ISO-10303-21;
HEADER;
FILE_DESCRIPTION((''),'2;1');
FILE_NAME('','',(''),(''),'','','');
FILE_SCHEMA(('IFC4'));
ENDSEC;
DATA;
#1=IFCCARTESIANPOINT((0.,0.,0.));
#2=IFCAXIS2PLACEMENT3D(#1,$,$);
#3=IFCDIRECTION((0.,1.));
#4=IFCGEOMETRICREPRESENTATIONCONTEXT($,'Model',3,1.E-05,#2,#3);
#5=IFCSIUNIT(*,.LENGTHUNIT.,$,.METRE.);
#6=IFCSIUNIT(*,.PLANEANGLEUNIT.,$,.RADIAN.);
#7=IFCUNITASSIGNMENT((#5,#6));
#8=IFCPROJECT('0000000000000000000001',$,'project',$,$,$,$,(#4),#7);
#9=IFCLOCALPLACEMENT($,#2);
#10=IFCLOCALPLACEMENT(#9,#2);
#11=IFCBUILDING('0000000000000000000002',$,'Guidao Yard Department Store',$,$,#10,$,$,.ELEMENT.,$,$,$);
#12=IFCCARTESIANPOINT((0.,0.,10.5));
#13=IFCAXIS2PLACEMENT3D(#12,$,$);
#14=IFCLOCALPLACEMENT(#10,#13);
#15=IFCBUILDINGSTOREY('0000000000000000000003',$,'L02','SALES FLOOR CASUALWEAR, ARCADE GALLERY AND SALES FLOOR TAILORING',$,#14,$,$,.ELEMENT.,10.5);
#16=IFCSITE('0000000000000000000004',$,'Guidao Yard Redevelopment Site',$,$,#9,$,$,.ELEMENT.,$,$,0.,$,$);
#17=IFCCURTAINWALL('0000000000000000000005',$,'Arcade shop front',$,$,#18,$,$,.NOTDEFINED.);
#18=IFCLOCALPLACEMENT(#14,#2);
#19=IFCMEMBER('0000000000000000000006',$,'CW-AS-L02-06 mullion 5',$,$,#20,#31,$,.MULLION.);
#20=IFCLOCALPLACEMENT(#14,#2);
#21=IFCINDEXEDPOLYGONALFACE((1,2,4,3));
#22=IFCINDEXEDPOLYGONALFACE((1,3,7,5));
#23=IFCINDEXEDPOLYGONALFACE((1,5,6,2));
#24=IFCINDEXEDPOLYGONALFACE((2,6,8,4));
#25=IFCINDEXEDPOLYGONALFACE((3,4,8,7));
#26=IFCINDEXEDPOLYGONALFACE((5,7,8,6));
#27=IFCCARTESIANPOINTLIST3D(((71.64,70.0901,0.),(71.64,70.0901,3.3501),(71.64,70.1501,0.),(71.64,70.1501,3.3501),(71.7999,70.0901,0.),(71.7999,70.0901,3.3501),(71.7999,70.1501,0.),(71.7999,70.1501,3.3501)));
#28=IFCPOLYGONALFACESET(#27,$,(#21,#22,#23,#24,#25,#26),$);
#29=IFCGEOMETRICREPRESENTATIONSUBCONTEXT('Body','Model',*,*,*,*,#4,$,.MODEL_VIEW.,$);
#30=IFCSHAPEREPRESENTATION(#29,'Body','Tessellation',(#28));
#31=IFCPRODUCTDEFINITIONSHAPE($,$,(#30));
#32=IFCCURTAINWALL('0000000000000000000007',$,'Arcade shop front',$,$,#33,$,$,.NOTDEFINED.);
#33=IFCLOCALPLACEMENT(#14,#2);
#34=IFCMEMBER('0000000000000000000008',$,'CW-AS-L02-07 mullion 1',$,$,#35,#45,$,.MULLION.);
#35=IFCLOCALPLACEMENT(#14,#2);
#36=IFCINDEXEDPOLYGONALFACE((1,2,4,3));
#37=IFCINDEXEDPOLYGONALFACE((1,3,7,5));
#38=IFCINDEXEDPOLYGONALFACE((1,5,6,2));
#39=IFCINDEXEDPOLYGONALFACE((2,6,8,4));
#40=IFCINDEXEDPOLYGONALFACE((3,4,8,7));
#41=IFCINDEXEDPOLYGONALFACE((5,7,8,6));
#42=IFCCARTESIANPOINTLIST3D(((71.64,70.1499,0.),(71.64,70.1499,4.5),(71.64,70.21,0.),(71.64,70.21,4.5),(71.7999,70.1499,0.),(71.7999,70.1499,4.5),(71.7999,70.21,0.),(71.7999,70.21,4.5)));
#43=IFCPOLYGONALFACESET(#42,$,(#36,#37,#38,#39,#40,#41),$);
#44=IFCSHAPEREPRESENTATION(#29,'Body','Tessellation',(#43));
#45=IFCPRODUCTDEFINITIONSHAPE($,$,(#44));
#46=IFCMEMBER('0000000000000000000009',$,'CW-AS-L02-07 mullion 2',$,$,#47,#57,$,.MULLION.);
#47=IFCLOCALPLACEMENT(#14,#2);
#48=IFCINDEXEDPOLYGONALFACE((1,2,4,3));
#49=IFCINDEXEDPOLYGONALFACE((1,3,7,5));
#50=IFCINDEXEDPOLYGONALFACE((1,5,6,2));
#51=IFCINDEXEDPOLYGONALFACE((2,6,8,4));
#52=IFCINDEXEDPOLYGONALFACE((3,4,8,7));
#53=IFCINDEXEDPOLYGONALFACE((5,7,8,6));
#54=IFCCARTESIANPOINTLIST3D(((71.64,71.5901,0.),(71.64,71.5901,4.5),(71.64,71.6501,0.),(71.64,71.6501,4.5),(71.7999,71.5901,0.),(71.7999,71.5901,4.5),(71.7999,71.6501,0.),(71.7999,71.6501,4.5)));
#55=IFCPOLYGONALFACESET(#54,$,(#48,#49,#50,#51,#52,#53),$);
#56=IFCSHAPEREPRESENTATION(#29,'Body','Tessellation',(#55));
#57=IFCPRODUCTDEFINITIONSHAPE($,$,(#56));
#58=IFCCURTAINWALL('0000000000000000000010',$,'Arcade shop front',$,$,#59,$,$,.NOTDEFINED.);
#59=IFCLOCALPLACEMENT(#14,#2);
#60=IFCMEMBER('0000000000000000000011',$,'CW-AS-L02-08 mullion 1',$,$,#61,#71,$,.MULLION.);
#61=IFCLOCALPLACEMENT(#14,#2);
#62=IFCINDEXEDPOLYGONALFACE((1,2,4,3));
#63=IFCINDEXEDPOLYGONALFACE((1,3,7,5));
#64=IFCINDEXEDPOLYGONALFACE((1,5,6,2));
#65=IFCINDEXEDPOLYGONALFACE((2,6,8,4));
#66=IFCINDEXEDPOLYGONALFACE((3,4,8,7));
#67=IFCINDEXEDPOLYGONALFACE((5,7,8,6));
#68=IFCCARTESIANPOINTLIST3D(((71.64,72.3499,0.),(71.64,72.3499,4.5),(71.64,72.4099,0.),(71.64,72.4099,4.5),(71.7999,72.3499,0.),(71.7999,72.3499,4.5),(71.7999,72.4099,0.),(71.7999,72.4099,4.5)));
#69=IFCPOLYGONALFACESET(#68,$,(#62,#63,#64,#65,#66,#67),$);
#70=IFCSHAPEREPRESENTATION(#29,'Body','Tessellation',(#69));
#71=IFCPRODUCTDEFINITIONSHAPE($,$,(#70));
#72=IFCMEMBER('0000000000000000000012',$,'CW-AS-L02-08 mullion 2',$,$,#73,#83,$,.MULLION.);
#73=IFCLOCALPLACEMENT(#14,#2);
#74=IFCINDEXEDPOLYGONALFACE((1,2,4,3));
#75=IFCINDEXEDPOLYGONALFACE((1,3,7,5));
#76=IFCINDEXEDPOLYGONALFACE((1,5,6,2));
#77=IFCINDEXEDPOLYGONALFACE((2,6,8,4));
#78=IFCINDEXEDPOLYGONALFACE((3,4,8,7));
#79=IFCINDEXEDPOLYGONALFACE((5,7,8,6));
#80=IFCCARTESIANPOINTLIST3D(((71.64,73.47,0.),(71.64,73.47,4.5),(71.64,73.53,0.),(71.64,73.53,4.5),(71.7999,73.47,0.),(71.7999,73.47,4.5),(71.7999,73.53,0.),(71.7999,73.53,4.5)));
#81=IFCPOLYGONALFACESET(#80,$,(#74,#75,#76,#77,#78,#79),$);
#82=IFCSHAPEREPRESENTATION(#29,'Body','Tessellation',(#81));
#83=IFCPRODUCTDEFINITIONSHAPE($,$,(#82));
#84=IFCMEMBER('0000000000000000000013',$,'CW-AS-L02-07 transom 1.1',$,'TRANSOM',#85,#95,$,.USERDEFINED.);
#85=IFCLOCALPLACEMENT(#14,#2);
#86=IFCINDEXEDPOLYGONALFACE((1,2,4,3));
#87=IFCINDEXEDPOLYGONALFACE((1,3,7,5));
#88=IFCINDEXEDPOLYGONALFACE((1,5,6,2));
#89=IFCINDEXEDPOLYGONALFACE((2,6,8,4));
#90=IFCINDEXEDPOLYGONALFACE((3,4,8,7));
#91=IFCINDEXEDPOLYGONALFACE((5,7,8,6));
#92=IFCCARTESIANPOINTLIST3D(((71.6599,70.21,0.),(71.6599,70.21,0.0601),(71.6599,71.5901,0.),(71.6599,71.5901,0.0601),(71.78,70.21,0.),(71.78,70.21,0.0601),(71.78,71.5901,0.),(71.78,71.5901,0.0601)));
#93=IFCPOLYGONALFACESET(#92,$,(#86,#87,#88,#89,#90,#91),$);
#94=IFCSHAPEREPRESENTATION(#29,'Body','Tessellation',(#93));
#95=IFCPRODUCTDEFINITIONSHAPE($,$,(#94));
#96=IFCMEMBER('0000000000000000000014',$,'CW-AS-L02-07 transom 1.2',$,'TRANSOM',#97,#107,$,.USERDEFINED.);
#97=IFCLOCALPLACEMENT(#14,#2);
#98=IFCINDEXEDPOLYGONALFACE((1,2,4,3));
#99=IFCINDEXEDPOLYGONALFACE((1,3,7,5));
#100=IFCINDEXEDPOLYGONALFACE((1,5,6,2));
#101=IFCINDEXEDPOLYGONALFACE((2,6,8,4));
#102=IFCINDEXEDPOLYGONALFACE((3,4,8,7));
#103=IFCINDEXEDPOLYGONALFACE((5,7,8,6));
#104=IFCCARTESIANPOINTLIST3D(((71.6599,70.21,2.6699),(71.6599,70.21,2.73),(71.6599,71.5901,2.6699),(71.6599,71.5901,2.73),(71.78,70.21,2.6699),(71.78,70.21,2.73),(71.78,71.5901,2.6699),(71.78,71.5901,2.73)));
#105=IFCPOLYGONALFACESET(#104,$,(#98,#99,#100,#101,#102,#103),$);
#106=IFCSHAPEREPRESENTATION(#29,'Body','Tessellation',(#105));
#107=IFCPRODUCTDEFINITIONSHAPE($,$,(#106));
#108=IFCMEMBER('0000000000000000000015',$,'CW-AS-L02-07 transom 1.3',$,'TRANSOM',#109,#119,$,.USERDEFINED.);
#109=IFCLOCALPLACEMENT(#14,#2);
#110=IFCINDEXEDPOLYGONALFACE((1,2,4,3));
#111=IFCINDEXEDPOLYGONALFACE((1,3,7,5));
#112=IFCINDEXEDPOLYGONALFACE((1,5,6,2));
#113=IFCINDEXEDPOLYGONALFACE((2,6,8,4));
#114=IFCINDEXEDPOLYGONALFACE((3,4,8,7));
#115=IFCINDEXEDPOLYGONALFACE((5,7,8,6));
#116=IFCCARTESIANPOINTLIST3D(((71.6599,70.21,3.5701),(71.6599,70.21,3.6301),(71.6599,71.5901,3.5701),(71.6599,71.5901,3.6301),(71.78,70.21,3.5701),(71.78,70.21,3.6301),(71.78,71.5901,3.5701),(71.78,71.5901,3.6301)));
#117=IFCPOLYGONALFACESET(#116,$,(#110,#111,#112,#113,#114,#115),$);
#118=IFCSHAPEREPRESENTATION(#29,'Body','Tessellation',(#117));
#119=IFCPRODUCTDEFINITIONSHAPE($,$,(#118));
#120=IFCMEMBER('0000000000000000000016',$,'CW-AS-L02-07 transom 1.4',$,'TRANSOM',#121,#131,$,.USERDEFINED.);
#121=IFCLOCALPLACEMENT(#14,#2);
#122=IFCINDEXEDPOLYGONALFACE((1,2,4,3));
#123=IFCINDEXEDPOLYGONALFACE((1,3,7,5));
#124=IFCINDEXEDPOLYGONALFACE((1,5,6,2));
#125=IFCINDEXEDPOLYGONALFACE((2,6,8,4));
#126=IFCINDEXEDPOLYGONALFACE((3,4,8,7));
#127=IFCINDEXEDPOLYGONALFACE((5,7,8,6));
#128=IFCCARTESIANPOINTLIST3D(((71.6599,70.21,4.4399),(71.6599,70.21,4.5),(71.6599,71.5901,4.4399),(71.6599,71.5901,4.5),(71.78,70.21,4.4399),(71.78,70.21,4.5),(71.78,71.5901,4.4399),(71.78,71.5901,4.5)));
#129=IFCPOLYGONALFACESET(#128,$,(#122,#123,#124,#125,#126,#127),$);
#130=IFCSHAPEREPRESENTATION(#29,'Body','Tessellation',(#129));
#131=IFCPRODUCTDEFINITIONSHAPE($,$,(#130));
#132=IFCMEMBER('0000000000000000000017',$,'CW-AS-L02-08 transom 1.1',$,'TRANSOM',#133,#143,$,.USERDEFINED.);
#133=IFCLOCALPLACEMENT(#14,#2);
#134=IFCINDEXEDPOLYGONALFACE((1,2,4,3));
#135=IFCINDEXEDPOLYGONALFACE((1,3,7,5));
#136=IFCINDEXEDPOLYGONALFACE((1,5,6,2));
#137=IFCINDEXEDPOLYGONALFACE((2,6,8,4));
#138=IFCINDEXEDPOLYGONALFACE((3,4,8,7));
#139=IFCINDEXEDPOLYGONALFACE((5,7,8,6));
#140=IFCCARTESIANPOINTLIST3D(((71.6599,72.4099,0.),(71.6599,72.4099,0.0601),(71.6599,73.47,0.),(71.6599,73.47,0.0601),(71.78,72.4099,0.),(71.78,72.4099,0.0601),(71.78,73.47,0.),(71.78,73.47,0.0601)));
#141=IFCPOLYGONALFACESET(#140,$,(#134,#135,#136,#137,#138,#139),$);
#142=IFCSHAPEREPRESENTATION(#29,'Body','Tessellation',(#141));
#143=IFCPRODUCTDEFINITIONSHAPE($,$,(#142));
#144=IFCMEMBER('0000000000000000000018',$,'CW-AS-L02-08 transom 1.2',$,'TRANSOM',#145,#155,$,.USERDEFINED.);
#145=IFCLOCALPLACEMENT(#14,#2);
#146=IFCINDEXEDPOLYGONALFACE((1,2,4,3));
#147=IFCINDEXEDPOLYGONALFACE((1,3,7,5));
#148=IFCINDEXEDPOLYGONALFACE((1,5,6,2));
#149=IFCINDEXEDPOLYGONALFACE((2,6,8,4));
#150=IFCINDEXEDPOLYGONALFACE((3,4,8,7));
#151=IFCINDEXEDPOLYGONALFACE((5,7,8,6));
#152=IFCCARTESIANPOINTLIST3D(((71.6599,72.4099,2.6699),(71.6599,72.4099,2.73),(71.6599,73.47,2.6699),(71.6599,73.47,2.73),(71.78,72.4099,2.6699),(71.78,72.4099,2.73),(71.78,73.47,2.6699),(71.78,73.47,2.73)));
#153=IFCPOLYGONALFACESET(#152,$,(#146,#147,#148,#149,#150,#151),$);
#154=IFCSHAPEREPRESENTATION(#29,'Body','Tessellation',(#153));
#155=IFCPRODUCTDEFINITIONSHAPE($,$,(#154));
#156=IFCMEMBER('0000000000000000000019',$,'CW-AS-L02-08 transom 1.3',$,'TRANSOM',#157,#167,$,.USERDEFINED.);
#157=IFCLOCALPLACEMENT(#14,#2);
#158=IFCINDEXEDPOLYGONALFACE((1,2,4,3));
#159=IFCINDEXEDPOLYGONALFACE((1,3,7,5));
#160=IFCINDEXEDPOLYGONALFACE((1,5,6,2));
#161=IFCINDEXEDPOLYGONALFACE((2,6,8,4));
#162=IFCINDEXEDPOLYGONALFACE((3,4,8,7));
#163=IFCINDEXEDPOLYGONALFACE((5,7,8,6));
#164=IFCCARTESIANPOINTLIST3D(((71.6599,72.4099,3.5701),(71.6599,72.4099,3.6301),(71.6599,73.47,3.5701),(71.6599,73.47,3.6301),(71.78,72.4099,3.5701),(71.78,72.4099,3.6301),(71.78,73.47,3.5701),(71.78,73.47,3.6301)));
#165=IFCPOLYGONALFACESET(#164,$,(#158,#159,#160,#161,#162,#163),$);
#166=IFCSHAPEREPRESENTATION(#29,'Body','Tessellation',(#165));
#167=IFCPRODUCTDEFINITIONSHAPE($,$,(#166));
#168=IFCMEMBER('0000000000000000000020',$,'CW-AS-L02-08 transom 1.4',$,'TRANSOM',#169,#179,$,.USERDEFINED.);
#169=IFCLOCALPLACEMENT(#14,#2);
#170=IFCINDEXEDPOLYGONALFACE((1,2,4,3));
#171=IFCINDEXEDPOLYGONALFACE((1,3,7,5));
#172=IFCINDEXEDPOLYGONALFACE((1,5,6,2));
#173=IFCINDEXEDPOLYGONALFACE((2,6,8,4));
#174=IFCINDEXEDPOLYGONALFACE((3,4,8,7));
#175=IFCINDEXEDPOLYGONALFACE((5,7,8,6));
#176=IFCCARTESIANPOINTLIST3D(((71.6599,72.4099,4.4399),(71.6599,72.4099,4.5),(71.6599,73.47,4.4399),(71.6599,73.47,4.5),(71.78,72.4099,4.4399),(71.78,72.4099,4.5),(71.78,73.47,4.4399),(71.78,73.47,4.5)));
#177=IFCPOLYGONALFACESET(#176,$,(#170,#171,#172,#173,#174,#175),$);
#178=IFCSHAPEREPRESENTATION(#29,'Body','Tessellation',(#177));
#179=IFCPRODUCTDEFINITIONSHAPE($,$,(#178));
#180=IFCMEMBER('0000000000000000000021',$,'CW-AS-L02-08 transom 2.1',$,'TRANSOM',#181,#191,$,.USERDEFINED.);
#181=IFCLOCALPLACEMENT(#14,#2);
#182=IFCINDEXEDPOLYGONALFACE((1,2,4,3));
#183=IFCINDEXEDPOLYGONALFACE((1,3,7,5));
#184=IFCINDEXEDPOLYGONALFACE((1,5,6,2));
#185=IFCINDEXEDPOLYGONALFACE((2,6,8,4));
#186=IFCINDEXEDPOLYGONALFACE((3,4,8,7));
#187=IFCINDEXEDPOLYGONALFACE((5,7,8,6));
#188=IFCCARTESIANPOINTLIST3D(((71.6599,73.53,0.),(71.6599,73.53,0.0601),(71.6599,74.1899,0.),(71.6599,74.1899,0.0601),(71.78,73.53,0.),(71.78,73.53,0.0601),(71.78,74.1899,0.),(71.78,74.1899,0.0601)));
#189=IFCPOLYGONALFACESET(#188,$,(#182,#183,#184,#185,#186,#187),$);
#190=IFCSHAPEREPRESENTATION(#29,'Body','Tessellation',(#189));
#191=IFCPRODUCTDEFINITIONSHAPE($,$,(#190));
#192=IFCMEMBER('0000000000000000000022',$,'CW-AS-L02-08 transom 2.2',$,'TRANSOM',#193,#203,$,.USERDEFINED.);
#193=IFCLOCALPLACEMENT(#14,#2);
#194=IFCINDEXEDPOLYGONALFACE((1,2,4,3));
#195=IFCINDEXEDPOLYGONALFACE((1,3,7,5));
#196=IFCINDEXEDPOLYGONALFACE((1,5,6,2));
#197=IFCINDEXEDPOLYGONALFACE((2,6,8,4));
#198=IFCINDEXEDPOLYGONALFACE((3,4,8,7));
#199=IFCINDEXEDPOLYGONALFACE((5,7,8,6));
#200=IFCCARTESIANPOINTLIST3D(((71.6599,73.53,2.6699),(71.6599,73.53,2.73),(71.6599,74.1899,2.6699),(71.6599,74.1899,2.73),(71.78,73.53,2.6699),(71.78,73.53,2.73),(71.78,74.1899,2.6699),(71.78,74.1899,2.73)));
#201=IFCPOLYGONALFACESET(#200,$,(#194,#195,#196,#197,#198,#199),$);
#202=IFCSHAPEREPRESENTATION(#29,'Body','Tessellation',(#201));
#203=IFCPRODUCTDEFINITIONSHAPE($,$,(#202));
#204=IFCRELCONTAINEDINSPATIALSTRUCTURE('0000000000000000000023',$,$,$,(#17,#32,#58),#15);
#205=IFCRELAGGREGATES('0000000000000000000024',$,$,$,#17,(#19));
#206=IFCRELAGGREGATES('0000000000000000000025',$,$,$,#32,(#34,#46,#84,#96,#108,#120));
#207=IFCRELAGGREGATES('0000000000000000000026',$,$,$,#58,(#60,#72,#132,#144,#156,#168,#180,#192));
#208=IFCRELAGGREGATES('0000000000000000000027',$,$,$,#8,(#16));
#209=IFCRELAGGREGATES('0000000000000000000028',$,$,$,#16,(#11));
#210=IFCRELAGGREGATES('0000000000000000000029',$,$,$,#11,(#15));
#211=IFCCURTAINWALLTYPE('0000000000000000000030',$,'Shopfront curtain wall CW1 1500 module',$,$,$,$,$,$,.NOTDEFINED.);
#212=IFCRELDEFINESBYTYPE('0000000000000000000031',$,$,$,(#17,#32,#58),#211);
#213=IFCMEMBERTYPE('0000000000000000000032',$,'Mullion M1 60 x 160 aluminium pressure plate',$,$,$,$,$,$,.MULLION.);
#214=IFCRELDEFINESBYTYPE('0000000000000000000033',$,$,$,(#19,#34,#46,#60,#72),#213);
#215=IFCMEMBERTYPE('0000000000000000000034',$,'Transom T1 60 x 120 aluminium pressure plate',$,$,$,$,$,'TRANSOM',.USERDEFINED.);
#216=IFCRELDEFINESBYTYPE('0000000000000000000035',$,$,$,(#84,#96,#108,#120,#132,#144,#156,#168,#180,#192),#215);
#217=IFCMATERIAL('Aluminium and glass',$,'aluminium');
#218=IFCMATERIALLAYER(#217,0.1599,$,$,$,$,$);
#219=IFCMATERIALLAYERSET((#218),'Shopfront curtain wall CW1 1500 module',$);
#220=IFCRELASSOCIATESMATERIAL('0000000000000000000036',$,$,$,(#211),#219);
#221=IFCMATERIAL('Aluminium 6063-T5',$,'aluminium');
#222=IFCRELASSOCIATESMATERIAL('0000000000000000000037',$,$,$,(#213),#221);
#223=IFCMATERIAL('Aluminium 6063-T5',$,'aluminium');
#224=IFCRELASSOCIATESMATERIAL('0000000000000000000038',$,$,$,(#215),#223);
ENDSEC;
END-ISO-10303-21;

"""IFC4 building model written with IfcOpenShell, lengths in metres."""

from ifc_helpers import new_model, si_unit, direction, frame, origin, origin_2d, place, context, subcontext, project, spatial, rectangle, extrude, material, layer, layer_set, material_profile, profile_set, type_object, element, aggregate, save


model = new_model("IFC4")

# Units and contexts
model_context = context("Model", 3, precision=1e-05, world=origin(), true_north=direction((0.0, 1.0)))
body_context = subcontext(model_context, "Body", "Model", "MODEL_VIEW")
ifc_project = project(units=[si_unit("LENGTHUNIT", "METRE"), si_unit("PLANEANGLEUNIT", "RADIAN")], contexts=[model_context])

# Site, building, storey
site_placement = place(None, origin())
site = spatial("IfcSite", under=ifc_project, at=site_placement, Name="Guidao Yard Redevelopment Site", CompositionType="ELEMENT", RefElevation=0.0)
building_placement = place(site_placement, origin())
building = spatial("IfcBuilding", under=site, at=building_placement, Name="Guidao Yard Department Store", CompositionType="ELEMENT")
storey_placement = place(building_placement, frame((0.0, 0.0, 10.5)))
storey = spatial("IfcBuildingStorey", under=building, at=storey_placement, Name="L02", Description="SALES FLOOR CASUALWEAR, ARCADE GALLERY AND SALES FLOOR TAILORING", CompositionType="ELEMENT", Elevation=10.5)

# Curtain wall, member
ifc_material_1 = material(Name="Aluminium and glass", Category="aluminium")
ifc_layer_1 = layer(ifc_material_1, 0.1599)
ifc_layer_set_1 = layer_set([ifc_layer_1], Name="Shopfront curtain wall CW1 1500 module")
curtain_wall_type = type_object("IfcCurtainWallType", Name="Shopfront curtain wall CW1 1500 module", PredefinedType="NOTDEFINED", material=ifc_layer_set_1)
curtain_wall_1_placement = place(storey_placement, origin())
curtain_wall_1 = element("IfcCurtainWall", 1, at=curtain_wall_1_placement, inside=storey, type_object=curtain_wall_type, Name="Arcade shop front", PredefinedType="NOTDEFINED")
ifc_material_2 = material(Name="Aluminium 6063-T5", Category="aluminium")
ifc_material_profile_1 = material_profile(ifc_material_2, rectangle(XDim=0.0601, YDim=0.1599, at=origin_2d()), Name="Mullion M1 60 x 160 aluminium pressure plate")
ifc_profile_set_1 = profile_set([ifc_material_profile_1], Name="Aluminium 6063-T5")
member_type_1 = type_object("IfcMemberType", Name="Mullion M1 60 x 160 aluminium pressure plate", PredefinedType="MULLION", material=ifc_profile_set_1)
member_1_placement = place(storey_placement, frame((71.72, 70.1201, 0.0), z_axis=(0.0, 0.0, 1.0), x_axis=(0.0, 1.0, 0.0)))
member_1 = element("IfcMember", 2, at=member_1_placement, type_object=member_type_1, Name="CW-AS-L02-06 mullion 5", PredefinedType="MULLION", context=body_context, shape_type="SweptSolid", body=[
    extrude(rectangle(XDim=0.0601, YDim=0.1599, at=origin_2d()), origin(), (0.0, 0.0, 1.0), 3.3501),
])
aggregate(curtain_wall_1, [member_1])

# Curtain walls, members
curtain_wall_2_placement = place(storey_placement, origin())
curtain_wall_2 = element("IfcCurtainWall", 3, at=curtain_wall_2_placement, inside=storey, type_object=curtain_wall_type, Name="Arcade shop front", PredefinedType="NOTDEFINED")
member_2_placement = place(storey_placement, frame((71.72, 70.1799, 0.0), z_axis=(0.0, 0.0, 1.0), x_axis=(0.0, 1.0, 0.0)))
member_2 = element("IfcMember", 4, at=member_2_placement, type_object=member_type_1, Name="CW-AS-L02-07 mullion 1", PredefinedType="MULLION", context=body_context, shape_type="SweptSolid", body=[
    extrude(rectangle(XDim=0.0601, YDim=0.1599, at=origin_2d()), origin(), (0.0, 0.0, 1.0), 4.5),
])
member_3_placement = place(storey_placement, frame((71.72, 71.6201, 0.0), z_axis=(0.0, 0.0, 1.0), x_axis=(0.0, 1.0, 0.0)))
member_3 = element("IfcMember", 5, at=member_3_placement, type_object=member_type_1, Name="CW-AS-L02-07 mullion 2", PredefinedType="MULLION", context=body_context, shape_type="SweptSolid", body=[
    extrude(rectangle(XDim=0.0601, YDim=0.1599, at=origin_2d()), origin(), (0.0, 0.0, 1.0), 4.5),
])
curtain_wall_3_placement = place(storey_placement, origin())
curtain_wall_3 = element("IfcCurtainWall", 6, at=curtain_wall_3_placement, inside=storey, type_object=curtain_wall_type, Name="Arcade shop front", PredefinedType="NOTDEFINED")
member_4_placement = place(storey_placement, frame((71.72, 72.3799, 0.0), z_axis=(0.0, 0.0, 1.0), x_axis=(0.0, 1.0, 0.0)))
member_4 = element("IfcMember", 7, at=member_4_placement, type_object=member_type_1, Name="CW-AS-L02-08 mullion 1", PredefinedType="MULLION", context=body_context, shape_type="SweptSolid", body=[
    extrude(rectangle(XDim=0.0601, YDim=0.1599, at=origin_2d()), origin(), (0.0, 0.0, 1.0), 4.5),
])
member_5_placement = place(storey_placement, frame((71.72, 73.5, 0.0), z_axis=(0.0, 0.0, 1.0), x_axis=(0.0, 1.0, 0.0)))
member_5 = element("IfcMember", 8, at=member_5_placement, type_object=member_type_1, Name="CW-AS-L02-08 mullion 2", PredefinedType="MULLION", context=body_context, shape_type="SweptSolid", body=[
    extrude(rectangle(XDim=0.0601, YDim=0.1599, at=origin_2d()), origin(), (0.0, 0.0, 1.0), 4.5),
])

# Members
ifc_material_3 = material(Name="Aluminium 6063-T5", Category="aluminium")
ifc_material_profile_2 = material_profile(ifc_material_3, rectangle(XDim=0.1201, YDim=0.0601, at=origin_2d()), Name="Transom T1 60 x 120 aluminium pressure plate")
ifc_profile_set_2 = profile_set([ifc_material_profile_2], Name="Aluminium 6063-T5")
member_type_2 = type_object("IfcMemberType", Name="Transom T1 60 x 120 aluminium pressure plate", ElementType="TRANSOM", PredefinedType="USERDEFINED", material=ifc_profile_set_2)
member_6_placement = place(storey_placement, frame((71.72, 70.21, 0.03), z_axis=(0.0, 1.0, 0.0), x_axis=(-1.0, 0.0, 0.0)))
member_6 = element("IfcMember", 9, at=member_6_placement, type_object=member_type_2, Name="CW-AS-L02-07 transom 1.1", ObjectType="TRANSOM", PredefinedType="USERDEFINED", context=body_context, shape_type="SweptSolid", body=[
    extrude(rectangle(XDim=0.1201, YDim=0.0601, at=origin_2d()), origin(), (0.0, 0.0, 1.0), 1.3801),
])
member_7_placement = place(storey_placement, frame((71.72, 70.21, 2.7), z_axis=(0.0, 1.0, 0.0), x_axis=(-1.0, 0.0, 0.0)))
member_7 = element("IfcMember", 10, at=member_7_placement, type_object=member_type_2, Name="CW-AS-L02-07 transom 1.2", ObjectType="TRANSOM", PredefinedType="USERDEFINED", context=body_context, shape_type="SweptSolid", body=[
    extrude(rectangle(XDim=0.1201, YDim=0.0601, at=origin_2d()), origin(), (0.0, 0.0, 1.0), 1.3801),
])
member_8_placement = place(storey_placement, frame((71.72, 70.21, 3.6001), z_axis=(0.0, 1.0, 0.0), x_axis=(-1.0, 0.0, 0.0)))
member_8 = element("IfcMember", 11, at=member_8_placement, type_object=member_type_2, Name="CW-AS-L02-07 transom 1.3", ObjectType="TRANSOM", PredefinedType="USERDEFINED", context=body_context, shape_type="SweptSolid", body=[
    extrude(rectangle(XDim=0.1201, YDim=0.0601, at=origin_2d()), origin(), (0.0, 0.0, 1.0), 1.3801),
])
member_9_placement = place(storey_placement, frame((71.72, 70.21, 4.47), z_axis=(0.0, 1.0, 0.0), x_axis=(-1.0, 0.0, 0.0)))
member_9 = element("IfcMember", 12, at=member_9_placement, type_object=member_type_2, Name="CW-AS-L02-07 transom 1.4", ObjectType="TRANSOM", PredefinedType="USERDEFINED", context=body_context, shape_type="SweptSolid", body=[
    extrude(rectangle(XDim=0.1201, YDim=0.0601, at=origin_2d()), origin(), (0.0, 0.0, 1.0), 1.3801),
])
member_10_placement = place(storey_placement, frame((71.72, 72.4099, 0.03), z_axis=(0.0, 1.0, 0.0), x_axis=(-1.0, 0.0, 0.0)))
member_10 = element("IfcMember", 13, at=member_10_placement, type_object=member_type_2, Name="CW-AS-L02-08 transom 1.1", ObjectType="TRANSOM", PredefinedType="USERDEFINED", context=body_context, shape_type="SweptSolid", body=[
    extrude(rectangle(XDim=0.1201, YDim=0.0601, at=origin_2d()), origin(), (0.0, 0.0, 1.0), 1.0601),
])
member_11_placement = place(storey_placement, frame((71.72, 72.4099, 2.7), z_axis=(0.0, 1.0, 0.0), x_axis=(-1.0, 0.0, 0.0)))
member_11 = element("IfcMember", 14, at=member_11_placement, type_object=member_type_2, Name="CW-AS-L02-08 transom 1.2", ObjectType="TRANSOM", PredefinedType="USERDEFINED", context=body_context, shape_type="SweptSolid", body=[
    extrude(rectangle(XDim=0.1201, YDim=0.0601, at=origin_2d()), origin(), (0.0, 0.0, 1.0), 1.0601),
])
member_12_placement = place(storey_placement, frame((71.72, 72.4099, 3.6001), z_axis=(0.0, 1.0, 0.0), x_axis=(-1.0, 0.0, 0.0)))
member_12 = element("IfcMember", 15, at=member_12_placement, type_object=member_type_2, Name="CW-AS-L02-08 transom 1.3", ObjectType="TRANSOM", PredefinedType="USERDEFINED", context=body_context, shape_type="SweptSolid", body=[
    extrude(rectangle(XDim=0.1201, YDim=0.0601, at=origin_2d()), origin(), (0.0, 0.0, 1.0), 1.0601),
])
member_13_placement = place(storey_placement, frame((71.72, 72.4099, 4.47), z_axis=(0.0, 1.0, 0.0), x_axis=(-1.0, 0.0, 0.0)))
member_13 = element("IfcMember", 16, at=member_13_placement, type_object=member_type_2, Name="CW-AS-L02-08 transom 1.4", ObjectType="TRANSOM", PredefinedType="USERDEFINED", context=body_context, shape_type="SweptSolid", body=[
    extrude(rectangle(XDim=0.1201, YDim=0.0601, at=origin_2d()), origin(), (0.0, 0.0, 1.0), 1.0601),
])
member_14_placement = place(storey_placement, frame((71.72, 73.53, 0.03), z_axis=(0.0, 1.0, 0.0), x_axis=(-1.0, 0.0, 0.0)))
member_14 = element("IfcMember", 17, at=member_14_placement, type_object=member_type_2, Name="CW-AS-L02-08 transom 2.1", ObjectType="TRANSOM", PredefinedType="USERDEFINED", context=body_context, shape_type="SweptSolid", body=[
    extrude(rectangle(XDim=0.1201, YDim=0.0601, at=origin_2d()), origin(), (0.0, 0.0, 1.0), 0.6599),
])
member_15_placement = place(storey_placement, frame((71.72, 73.53, 2.7), z_axis=(0.0, 1.0, 0.0), x_axis=(-1.0, 0.0, 0.0)))
member_15 = element("IfcMember", 18, at=member_15_placement, type_object=member_type_2, Name="CW-AS-L02-08 transom 2.2", ObjectType="TRANSOM", PredefinedType="USERDEFINED", context=body_context, shape_type="SweptSolid", body=[
    extrude(rectangle(XDim=0.1201, YDim=0.0601, at=origin_2d()), origin(), (0.0, 0.0, 1.0), 0.6599),
])

aggregate(curtain_wall_2, [member_2, member_3, member_6, member_7, member_8, member_9])
aggregate(curtain_wall_3, [member_4, member_5, member_10, member_11, member_12, member_13, member_14, member_15])

save(model, "model.ifc")
